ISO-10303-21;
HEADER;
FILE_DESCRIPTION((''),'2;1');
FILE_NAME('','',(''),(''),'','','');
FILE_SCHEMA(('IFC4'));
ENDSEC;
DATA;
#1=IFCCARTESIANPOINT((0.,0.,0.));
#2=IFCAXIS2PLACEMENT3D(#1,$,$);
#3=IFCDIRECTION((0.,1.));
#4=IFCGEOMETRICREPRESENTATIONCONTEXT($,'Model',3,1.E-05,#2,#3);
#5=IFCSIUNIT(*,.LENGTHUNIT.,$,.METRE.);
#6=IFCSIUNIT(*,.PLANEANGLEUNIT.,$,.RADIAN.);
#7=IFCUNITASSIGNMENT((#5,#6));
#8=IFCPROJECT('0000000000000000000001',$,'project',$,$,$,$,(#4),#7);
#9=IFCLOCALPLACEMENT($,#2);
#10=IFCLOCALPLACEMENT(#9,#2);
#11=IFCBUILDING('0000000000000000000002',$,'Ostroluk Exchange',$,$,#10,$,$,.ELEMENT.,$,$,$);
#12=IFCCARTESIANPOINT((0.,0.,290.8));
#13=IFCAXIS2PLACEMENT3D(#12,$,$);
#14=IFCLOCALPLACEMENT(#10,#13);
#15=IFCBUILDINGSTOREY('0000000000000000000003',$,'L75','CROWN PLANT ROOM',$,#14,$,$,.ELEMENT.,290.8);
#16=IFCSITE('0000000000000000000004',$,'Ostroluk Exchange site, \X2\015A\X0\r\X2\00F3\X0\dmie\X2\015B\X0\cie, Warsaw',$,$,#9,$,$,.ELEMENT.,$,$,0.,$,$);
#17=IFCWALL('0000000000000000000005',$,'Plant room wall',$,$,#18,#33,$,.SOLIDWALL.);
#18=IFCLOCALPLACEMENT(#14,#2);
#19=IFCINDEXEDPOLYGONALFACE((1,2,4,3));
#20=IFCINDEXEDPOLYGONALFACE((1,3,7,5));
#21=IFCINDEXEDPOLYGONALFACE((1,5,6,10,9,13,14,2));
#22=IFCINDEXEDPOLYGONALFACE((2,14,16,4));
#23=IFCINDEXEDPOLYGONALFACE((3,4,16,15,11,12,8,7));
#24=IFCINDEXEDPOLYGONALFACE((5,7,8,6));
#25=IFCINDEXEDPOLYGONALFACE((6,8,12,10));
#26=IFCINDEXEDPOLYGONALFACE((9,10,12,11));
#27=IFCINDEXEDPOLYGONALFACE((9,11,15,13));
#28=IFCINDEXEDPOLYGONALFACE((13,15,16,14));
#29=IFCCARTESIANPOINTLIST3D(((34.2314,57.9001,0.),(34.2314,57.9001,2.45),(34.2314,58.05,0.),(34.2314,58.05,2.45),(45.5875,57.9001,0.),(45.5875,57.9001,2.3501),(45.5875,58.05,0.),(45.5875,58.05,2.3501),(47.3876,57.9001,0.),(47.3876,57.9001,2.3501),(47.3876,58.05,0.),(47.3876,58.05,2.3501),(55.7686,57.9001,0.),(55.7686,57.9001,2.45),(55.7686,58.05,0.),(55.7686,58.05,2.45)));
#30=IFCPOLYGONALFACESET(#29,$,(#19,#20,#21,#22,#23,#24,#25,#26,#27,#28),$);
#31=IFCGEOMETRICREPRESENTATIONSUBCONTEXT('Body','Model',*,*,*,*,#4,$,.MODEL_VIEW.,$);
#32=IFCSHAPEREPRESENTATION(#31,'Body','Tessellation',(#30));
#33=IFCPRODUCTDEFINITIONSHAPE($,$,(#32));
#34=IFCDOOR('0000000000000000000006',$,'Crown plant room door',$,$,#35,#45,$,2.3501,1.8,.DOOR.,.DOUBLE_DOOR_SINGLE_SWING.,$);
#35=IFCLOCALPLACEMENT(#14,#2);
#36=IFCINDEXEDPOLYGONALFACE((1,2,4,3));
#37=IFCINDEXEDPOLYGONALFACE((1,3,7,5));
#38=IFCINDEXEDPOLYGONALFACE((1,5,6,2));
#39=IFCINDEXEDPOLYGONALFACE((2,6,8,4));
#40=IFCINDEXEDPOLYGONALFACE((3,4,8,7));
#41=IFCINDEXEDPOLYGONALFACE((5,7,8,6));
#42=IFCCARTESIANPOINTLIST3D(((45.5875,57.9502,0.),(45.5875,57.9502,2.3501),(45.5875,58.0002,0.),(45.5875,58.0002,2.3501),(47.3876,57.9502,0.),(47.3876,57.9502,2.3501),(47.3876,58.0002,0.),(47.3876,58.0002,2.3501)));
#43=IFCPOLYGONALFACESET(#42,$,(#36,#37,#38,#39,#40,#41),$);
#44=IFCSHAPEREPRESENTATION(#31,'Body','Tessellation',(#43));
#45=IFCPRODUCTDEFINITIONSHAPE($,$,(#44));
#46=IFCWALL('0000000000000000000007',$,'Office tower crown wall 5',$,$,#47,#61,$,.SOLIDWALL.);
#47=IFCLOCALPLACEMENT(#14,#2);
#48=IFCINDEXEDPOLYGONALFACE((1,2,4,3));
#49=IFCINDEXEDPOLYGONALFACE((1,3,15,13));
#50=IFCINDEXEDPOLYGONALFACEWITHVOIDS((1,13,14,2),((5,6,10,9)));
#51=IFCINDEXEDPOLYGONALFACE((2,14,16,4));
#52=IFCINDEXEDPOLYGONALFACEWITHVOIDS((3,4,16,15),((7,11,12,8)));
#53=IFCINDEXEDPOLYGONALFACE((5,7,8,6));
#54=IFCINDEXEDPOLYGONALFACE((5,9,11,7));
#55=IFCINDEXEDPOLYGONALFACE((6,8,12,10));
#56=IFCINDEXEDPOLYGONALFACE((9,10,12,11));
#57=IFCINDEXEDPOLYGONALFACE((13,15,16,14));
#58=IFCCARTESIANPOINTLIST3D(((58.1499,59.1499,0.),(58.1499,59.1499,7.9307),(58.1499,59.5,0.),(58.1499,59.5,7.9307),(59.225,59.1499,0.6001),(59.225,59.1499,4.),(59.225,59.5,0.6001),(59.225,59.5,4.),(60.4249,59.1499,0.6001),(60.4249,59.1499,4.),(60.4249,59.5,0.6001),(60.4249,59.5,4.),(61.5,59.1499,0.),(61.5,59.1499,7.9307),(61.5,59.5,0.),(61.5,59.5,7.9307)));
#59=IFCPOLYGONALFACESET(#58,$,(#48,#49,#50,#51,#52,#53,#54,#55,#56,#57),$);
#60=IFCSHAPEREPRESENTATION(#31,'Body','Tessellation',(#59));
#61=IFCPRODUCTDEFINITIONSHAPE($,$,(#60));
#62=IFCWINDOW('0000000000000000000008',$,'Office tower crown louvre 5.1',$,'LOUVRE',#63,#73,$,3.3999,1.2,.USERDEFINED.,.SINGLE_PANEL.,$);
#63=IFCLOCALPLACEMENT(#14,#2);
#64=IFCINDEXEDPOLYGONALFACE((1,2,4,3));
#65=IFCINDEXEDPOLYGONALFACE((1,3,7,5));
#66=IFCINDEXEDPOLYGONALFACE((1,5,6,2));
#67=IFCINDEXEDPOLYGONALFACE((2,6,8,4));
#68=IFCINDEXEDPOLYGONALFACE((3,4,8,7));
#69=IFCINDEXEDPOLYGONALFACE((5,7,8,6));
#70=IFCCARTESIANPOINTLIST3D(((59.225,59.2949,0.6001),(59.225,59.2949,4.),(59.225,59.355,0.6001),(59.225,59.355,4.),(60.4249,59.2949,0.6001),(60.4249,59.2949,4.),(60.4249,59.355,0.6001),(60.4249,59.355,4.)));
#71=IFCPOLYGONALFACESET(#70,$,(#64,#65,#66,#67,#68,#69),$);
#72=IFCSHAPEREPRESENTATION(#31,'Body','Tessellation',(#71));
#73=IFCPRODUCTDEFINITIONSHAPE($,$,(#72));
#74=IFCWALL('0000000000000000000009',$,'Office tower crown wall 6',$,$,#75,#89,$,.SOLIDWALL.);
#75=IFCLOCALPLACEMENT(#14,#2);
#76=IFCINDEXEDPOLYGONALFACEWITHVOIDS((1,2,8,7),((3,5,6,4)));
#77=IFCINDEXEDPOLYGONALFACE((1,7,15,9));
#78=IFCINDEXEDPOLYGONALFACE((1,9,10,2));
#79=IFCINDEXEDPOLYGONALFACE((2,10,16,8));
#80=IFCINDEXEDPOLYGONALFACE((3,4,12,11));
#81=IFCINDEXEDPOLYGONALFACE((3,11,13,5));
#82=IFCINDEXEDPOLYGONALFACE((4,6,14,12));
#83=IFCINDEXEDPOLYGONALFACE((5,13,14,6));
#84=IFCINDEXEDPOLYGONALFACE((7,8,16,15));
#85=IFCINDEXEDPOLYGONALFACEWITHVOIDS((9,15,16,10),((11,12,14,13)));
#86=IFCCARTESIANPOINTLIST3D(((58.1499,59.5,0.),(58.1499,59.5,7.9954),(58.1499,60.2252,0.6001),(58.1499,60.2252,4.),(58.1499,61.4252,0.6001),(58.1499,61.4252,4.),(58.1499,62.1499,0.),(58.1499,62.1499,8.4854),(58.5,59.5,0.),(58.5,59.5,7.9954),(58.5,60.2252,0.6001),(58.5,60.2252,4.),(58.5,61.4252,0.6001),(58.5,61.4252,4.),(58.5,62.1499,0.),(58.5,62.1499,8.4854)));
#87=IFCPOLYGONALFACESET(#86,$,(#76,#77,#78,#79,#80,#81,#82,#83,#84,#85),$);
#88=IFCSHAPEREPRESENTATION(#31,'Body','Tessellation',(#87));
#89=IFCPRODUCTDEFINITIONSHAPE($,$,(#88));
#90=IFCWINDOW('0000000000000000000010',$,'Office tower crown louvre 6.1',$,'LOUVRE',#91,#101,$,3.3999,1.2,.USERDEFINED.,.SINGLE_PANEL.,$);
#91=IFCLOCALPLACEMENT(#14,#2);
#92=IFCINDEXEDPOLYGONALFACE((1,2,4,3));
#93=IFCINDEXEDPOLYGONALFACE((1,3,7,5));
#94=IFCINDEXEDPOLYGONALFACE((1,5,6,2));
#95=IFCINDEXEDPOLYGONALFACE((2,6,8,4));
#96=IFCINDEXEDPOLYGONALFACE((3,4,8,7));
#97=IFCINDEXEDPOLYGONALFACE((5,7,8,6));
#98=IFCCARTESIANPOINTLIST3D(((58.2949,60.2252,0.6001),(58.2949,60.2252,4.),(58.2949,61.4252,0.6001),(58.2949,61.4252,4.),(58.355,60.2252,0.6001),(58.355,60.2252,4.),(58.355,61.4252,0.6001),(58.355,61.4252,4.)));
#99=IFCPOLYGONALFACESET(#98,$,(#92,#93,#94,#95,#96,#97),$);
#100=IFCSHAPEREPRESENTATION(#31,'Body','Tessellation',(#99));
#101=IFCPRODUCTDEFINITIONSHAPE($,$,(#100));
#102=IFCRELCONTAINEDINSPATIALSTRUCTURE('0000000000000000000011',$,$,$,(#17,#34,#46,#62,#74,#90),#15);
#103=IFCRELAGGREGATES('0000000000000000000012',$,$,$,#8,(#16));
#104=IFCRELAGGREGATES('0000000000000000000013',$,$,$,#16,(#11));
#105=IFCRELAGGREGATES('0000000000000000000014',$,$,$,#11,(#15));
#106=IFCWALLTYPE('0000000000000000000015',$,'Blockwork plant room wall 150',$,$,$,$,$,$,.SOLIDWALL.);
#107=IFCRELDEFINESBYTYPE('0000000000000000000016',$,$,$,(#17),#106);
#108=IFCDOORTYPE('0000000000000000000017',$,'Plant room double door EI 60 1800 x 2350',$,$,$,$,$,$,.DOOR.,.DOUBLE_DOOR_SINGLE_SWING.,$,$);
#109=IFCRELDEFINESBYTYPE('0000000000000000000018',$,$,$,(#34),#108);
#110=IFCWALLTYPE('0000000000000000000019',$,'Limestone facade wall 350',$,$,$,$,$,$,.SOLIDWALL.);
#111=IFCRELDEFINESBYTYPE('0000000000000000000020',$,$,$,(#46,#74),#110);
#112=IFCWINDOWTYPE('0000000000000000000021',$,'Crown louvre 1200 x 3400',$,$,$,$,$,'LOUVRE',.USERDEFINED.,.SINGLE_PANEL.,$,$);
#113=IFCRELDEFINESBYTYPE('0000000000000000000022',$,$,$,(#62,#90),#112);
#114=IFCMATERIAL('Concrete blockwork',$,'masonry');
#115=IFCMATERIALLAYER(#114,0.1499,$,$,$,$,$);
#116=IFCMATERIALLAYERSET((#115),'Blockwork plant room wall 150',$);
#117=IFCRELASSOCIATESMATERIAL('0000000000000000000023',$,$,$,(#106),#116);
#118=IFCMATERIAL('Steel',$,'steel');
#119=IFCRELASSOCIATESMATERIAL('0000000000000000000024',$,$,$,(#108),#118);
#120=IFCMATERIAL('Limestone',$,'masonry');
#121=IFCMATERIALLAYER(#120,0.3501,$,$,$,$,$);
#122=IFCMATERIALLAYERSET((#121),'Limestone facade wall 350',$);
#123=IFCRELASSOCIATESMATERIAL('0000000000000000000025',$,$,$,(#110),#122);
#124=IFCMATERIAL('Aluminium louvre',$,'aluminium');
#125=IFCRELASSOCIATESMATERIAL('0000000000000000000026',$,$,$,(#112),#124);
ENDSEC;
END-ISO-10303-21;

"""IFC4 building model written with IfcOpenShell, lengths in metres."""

from ifc_helpers import new_model, si_unit, direction, frame, frame_2d, origin, place, context, subcontext, project, spatial, polyline, rectangle, outline, extrude, material, layer, layer_set, type_object, element, fill, save


model = new_model("IFC4")

# Units and contexts
model_context = context("Model", 3, precision=1e-05, world=origin(), true_north=direction((0.0, 1.0)))
body_context = subcontext(model_context, "Body", "Model", "MODEL_VIEW")
ifc_project = project(units=[si_unit("LENGTHUNIT", "METRE"), si_unit("PLANEANGLEUNIT", "RADIAN")], contexts=[model_context])

# Site, building, storey
site_placement = place(None, origin())
site = spatial("IfcSite", under=ifc_project, at=site_placement, Name="Ostroluk Exchange site, Śródmieście, Warsaw", CompositionType="ELEMENT", RefElevation=0.0)
building_placement = place(site_placement, origin())
building = spatial("IfcBuilding", under=site, at=building_placement, Name="Ostroluk Exchange", CompositionType="ELEMENT")
storey_placement = place(building_placement, frame((0.0, 0.0, 290.8)))
storey = spatial("IfcBuildingStorey", under=building, at=storey_placement, Name="L75", Description="CROWN PLANT ROOM", CompositionType="ELEMENT", Elevation=290.8)

# Shared definitions
ifc_material_1 = material(Name="Concrete blockwork", Category="masonry")
ifc_layer_1 = layer(ifc_material_1, 0.1499)
ifc_layer_set_1 = layer_set([ifc_layer_1], Name="Blockwork plant room wall 150")
wall_type_1 = type_object("IfcWallType", Name="Blockwork plant room wall 150", PredefinedType="SOLIDWALL", material=ifc_layer_set_1)

# Wall, opening, door
wall_1_placement = place(storey_placement, frame((55.7686, 57.9751, 0.0), z_axis=(0.0, 0.0, 1.0), x_axis=(-1.0, 0.0, 0.0)))
wall_1 = element("IfcWall", 1, at=wall_1_placement, inside=storey, type_object=wall_type_1, Name="Plant room wall", PredefinedType="SOLIDWALL", context=body_context, shape_type="SweptSolid", body=[
    extrude(rectangle(XDim=21.5371, YDim=0.1499, at=frame_2d((10.7686, 0.0))), origin(), (0.0, 0.0, 1.0), 2.45),
])
opening_1_placement = place(wall_1_placement, frame((8.3811, 0.0, 0.0)))
opening_1 = element("IfcOpeningElement", 2, at=opening_1_placement, cuts=wall_1, PredefinedType="OPENING", context=body_context, shape_type="SweptSolid", body=[
    extrude(rectangle(XDim=1.8, YDim=2.3501, at=frame_2d((0.8999, 1.175))), frame((0.0, 0.085, 0.0), z_axis=(0.0, -1.0, 0.0), x_axis=(1.0, 0.0, 0.0)), (0.0, 0.0, 1.0), 0.1699),
])
ifc_material_2 = material(Name="Steel", Category="steel")
door_type = type_object("IfcDoorType", Name="Plant room double door EI 60 1800 x 2350", OperationType="DOUBLE_DOOR_SINGLE_SWING", PredefinedType="DOOR", material=ifc_material_2)
door_placement = place(opening_1_placement, origin())
door = element("IfcDoor", 3, at=door_placement, inside=storey, type_object=door_type, Name="Crown plant room door", OperationType="DOUBLE_DOOR_SINGLE_SWING", OverallHeight=2.3501, OverallWidth=1.8, PredefinedType="DOOR", context=body_context, shape_type="SweptSolid", body=[
    extrude(rectangle(XDim=1.8, YDim=2.3501, at=frame_2d((0.8999, 1.175))), frame((0.0, 0.0249, 0.0), z_axis=(0.0, -1.0, 0.0), x_axis=(1.0, 0.0, 0.0)), (0.0, 0.0, 1.0), 0.05),
])
fill(opening_1, door)

# Walls, openings, windows
ifc_material_3 = material(Name="Limestone", Category="masonry")
ifc_layer_2 = layer(ifc_material_3, 0.3501)
ifc_layer_set_2 = layer_set([ifc_layer_2], Name="Limestone facade wall 350")
wall_type_2 = type_object("IfcWallType", Name="Limestone facade wall 350", PredefinedType="SOLIDWALL", material=ifc_layer_set_2)
wall_2_placement = place(storey_placement, frame((61.5, 59.325, 0.0), z_axis=(0.0, 0.0, 1.0), x_axis=(-1.0, 0.0, 0.0)))
wall_2 = element("IfcWall", 4, at=wall_2_placement, inside=storey, type_object=wall_type_2, Name="Office tower crown wall 5", PredefinedType="SOLIDWALL", context=body_context, shape_type="SweptSolid", body=[
    extrude(rectangle(XDim=3.3501, YDim=0.3501, at=frame_2d((1.675, 0.0))), origin(), (0.0, 0.0, 1.0), 7.9307),
])
opening_2_placement = place(wall_2_placement, frame((1.075, 0.0, 0.6001)))
opening_2 = element("IfcOpeningElement", 5, at=opening_2_placement, cuts=wall_2, PredefinedType="OPENING", context=body_context, shape_type="SweptSolid", body=[
    extrude(rectangle(XDim=1.2, YDim=3.3999, at=frame_2d((0.6001, 1.7))), frame((0.0, 0.1851, 0.0), z_axis=(0.0, -1.0, 0.0), x_axis=(1.0, 0.0, 0.0)), (0.0, 0.0, 1.0), 0.3701),
])
ifc_material_4 = material(Name="Aluminium louvre", Category="aluminium")
window_type = type_object("IfcWindowType", Name="Crown louvre 1200 x 3400", ElementType="LOUVRE", PartitioningType="SINGLE_PANEL", PredefinedType="USERDEFINED", material=ifc_material_4)
window_1_placement = place(opening_2_placement, origin())
window_1 = element("IfcWindow", 6, at=window_1_placement, inside=storey, type_object=window_type, Name="Office tower crown louvre 5.1", ObjectType="LOUVRE", OverallHeight=3.3999, OverallWidth=1.2, PartitioningType="SINGLE_PANEL", PredefinedType="USERDEFINED", context=body_context, shape_type="SweptSolid", body=[
    extrude(rectangle(XDim=1.2, YDim=3.3999, at=frame_2d((0.6001, 1.7))), frame((0.0, 0.03, 0.0), z_axis=(0.0, -1.0, 0.0), x_axis=(1.0, 0.0, 0.0)), (0.0, 0.0, 1.0), 0.0601),
])
fill(opening_2, window_1)
wall_3_placement = place(storey_placement, frame((58.325, 59.5, 0.0), z_axis=(0.0, 0.0, 1.0), x_axis=(0.0, 1.0, 0.0)))
wall_3 = element("IfcWall", 7, at=wall_3_placement, inside=storey, type_object=wall_type_2, Name="Office tower crown wall 6", PredefinedType="SOLIDWALL", context=body_context, shape_type="SweptSolid", body=[
    extrude(outline(polyline([(0.0, 0.0), (2.6499, 0.0), (2.6499, 8.4854), (0.0, 7.9954), (0.0, 0.0)])), frame((0.0, 0.175, 0.0), z_axis=(0.0, -1.0, 0.0), x_axis=(1.0, 0.0, 0.0)), (0.0, 0.0, 1.0), 0.3501),
])
opening_3_placement = place(wall_3_placement, frame((0.7251, 0.0, 0.6001)))
opening_3 = element("IfcOpeningElement", 8, at=opening_3_placement, cuts=wall_3, PredefinedType="OPENING", context=body_context, shape_type="SweptSolid", body=[
    extrude(rectangle(XDim=1.2, YDim=3.3999, at=frame_2d((0.6001, 1.7))), frame((0.0, 0.1851, 0.0), z_axis=(0.0, -1.0, 0.0), x_axis=(1.0, 0.0, 0.0)), (0.0, 0.0, 1.0), 0.3701),
])
window_2_placement = place(opening_3_placement, origin())
window_2 = element("IfcWindow", 9, at=window_2_placement, inside=storey, type_object=window_type, Name="Office tower crown louvre 6.1", ObjectType="LOUVRE", OverallHeight=3.3999, OverallWidth=1.2, PartitioningType="SINGLE_PANEL", PredefinedType="USERDEFINED", context=body_context, shape_type="SweptSolid", body=[
    extrude(rectangle(XDim=1.2, YDim=3.3999, at=frame_2d((0.6001, 1.7))), frame((0.0, 0.03, 0.0), z_axis=(0.0, -1.0, 0.0), x_axis=(1.0, 0.0, 0.0)), (0.0, 0.0, 1.0), 0.0601),
])
fill(opening_3, window_2)

save(model, "model.ifc")
